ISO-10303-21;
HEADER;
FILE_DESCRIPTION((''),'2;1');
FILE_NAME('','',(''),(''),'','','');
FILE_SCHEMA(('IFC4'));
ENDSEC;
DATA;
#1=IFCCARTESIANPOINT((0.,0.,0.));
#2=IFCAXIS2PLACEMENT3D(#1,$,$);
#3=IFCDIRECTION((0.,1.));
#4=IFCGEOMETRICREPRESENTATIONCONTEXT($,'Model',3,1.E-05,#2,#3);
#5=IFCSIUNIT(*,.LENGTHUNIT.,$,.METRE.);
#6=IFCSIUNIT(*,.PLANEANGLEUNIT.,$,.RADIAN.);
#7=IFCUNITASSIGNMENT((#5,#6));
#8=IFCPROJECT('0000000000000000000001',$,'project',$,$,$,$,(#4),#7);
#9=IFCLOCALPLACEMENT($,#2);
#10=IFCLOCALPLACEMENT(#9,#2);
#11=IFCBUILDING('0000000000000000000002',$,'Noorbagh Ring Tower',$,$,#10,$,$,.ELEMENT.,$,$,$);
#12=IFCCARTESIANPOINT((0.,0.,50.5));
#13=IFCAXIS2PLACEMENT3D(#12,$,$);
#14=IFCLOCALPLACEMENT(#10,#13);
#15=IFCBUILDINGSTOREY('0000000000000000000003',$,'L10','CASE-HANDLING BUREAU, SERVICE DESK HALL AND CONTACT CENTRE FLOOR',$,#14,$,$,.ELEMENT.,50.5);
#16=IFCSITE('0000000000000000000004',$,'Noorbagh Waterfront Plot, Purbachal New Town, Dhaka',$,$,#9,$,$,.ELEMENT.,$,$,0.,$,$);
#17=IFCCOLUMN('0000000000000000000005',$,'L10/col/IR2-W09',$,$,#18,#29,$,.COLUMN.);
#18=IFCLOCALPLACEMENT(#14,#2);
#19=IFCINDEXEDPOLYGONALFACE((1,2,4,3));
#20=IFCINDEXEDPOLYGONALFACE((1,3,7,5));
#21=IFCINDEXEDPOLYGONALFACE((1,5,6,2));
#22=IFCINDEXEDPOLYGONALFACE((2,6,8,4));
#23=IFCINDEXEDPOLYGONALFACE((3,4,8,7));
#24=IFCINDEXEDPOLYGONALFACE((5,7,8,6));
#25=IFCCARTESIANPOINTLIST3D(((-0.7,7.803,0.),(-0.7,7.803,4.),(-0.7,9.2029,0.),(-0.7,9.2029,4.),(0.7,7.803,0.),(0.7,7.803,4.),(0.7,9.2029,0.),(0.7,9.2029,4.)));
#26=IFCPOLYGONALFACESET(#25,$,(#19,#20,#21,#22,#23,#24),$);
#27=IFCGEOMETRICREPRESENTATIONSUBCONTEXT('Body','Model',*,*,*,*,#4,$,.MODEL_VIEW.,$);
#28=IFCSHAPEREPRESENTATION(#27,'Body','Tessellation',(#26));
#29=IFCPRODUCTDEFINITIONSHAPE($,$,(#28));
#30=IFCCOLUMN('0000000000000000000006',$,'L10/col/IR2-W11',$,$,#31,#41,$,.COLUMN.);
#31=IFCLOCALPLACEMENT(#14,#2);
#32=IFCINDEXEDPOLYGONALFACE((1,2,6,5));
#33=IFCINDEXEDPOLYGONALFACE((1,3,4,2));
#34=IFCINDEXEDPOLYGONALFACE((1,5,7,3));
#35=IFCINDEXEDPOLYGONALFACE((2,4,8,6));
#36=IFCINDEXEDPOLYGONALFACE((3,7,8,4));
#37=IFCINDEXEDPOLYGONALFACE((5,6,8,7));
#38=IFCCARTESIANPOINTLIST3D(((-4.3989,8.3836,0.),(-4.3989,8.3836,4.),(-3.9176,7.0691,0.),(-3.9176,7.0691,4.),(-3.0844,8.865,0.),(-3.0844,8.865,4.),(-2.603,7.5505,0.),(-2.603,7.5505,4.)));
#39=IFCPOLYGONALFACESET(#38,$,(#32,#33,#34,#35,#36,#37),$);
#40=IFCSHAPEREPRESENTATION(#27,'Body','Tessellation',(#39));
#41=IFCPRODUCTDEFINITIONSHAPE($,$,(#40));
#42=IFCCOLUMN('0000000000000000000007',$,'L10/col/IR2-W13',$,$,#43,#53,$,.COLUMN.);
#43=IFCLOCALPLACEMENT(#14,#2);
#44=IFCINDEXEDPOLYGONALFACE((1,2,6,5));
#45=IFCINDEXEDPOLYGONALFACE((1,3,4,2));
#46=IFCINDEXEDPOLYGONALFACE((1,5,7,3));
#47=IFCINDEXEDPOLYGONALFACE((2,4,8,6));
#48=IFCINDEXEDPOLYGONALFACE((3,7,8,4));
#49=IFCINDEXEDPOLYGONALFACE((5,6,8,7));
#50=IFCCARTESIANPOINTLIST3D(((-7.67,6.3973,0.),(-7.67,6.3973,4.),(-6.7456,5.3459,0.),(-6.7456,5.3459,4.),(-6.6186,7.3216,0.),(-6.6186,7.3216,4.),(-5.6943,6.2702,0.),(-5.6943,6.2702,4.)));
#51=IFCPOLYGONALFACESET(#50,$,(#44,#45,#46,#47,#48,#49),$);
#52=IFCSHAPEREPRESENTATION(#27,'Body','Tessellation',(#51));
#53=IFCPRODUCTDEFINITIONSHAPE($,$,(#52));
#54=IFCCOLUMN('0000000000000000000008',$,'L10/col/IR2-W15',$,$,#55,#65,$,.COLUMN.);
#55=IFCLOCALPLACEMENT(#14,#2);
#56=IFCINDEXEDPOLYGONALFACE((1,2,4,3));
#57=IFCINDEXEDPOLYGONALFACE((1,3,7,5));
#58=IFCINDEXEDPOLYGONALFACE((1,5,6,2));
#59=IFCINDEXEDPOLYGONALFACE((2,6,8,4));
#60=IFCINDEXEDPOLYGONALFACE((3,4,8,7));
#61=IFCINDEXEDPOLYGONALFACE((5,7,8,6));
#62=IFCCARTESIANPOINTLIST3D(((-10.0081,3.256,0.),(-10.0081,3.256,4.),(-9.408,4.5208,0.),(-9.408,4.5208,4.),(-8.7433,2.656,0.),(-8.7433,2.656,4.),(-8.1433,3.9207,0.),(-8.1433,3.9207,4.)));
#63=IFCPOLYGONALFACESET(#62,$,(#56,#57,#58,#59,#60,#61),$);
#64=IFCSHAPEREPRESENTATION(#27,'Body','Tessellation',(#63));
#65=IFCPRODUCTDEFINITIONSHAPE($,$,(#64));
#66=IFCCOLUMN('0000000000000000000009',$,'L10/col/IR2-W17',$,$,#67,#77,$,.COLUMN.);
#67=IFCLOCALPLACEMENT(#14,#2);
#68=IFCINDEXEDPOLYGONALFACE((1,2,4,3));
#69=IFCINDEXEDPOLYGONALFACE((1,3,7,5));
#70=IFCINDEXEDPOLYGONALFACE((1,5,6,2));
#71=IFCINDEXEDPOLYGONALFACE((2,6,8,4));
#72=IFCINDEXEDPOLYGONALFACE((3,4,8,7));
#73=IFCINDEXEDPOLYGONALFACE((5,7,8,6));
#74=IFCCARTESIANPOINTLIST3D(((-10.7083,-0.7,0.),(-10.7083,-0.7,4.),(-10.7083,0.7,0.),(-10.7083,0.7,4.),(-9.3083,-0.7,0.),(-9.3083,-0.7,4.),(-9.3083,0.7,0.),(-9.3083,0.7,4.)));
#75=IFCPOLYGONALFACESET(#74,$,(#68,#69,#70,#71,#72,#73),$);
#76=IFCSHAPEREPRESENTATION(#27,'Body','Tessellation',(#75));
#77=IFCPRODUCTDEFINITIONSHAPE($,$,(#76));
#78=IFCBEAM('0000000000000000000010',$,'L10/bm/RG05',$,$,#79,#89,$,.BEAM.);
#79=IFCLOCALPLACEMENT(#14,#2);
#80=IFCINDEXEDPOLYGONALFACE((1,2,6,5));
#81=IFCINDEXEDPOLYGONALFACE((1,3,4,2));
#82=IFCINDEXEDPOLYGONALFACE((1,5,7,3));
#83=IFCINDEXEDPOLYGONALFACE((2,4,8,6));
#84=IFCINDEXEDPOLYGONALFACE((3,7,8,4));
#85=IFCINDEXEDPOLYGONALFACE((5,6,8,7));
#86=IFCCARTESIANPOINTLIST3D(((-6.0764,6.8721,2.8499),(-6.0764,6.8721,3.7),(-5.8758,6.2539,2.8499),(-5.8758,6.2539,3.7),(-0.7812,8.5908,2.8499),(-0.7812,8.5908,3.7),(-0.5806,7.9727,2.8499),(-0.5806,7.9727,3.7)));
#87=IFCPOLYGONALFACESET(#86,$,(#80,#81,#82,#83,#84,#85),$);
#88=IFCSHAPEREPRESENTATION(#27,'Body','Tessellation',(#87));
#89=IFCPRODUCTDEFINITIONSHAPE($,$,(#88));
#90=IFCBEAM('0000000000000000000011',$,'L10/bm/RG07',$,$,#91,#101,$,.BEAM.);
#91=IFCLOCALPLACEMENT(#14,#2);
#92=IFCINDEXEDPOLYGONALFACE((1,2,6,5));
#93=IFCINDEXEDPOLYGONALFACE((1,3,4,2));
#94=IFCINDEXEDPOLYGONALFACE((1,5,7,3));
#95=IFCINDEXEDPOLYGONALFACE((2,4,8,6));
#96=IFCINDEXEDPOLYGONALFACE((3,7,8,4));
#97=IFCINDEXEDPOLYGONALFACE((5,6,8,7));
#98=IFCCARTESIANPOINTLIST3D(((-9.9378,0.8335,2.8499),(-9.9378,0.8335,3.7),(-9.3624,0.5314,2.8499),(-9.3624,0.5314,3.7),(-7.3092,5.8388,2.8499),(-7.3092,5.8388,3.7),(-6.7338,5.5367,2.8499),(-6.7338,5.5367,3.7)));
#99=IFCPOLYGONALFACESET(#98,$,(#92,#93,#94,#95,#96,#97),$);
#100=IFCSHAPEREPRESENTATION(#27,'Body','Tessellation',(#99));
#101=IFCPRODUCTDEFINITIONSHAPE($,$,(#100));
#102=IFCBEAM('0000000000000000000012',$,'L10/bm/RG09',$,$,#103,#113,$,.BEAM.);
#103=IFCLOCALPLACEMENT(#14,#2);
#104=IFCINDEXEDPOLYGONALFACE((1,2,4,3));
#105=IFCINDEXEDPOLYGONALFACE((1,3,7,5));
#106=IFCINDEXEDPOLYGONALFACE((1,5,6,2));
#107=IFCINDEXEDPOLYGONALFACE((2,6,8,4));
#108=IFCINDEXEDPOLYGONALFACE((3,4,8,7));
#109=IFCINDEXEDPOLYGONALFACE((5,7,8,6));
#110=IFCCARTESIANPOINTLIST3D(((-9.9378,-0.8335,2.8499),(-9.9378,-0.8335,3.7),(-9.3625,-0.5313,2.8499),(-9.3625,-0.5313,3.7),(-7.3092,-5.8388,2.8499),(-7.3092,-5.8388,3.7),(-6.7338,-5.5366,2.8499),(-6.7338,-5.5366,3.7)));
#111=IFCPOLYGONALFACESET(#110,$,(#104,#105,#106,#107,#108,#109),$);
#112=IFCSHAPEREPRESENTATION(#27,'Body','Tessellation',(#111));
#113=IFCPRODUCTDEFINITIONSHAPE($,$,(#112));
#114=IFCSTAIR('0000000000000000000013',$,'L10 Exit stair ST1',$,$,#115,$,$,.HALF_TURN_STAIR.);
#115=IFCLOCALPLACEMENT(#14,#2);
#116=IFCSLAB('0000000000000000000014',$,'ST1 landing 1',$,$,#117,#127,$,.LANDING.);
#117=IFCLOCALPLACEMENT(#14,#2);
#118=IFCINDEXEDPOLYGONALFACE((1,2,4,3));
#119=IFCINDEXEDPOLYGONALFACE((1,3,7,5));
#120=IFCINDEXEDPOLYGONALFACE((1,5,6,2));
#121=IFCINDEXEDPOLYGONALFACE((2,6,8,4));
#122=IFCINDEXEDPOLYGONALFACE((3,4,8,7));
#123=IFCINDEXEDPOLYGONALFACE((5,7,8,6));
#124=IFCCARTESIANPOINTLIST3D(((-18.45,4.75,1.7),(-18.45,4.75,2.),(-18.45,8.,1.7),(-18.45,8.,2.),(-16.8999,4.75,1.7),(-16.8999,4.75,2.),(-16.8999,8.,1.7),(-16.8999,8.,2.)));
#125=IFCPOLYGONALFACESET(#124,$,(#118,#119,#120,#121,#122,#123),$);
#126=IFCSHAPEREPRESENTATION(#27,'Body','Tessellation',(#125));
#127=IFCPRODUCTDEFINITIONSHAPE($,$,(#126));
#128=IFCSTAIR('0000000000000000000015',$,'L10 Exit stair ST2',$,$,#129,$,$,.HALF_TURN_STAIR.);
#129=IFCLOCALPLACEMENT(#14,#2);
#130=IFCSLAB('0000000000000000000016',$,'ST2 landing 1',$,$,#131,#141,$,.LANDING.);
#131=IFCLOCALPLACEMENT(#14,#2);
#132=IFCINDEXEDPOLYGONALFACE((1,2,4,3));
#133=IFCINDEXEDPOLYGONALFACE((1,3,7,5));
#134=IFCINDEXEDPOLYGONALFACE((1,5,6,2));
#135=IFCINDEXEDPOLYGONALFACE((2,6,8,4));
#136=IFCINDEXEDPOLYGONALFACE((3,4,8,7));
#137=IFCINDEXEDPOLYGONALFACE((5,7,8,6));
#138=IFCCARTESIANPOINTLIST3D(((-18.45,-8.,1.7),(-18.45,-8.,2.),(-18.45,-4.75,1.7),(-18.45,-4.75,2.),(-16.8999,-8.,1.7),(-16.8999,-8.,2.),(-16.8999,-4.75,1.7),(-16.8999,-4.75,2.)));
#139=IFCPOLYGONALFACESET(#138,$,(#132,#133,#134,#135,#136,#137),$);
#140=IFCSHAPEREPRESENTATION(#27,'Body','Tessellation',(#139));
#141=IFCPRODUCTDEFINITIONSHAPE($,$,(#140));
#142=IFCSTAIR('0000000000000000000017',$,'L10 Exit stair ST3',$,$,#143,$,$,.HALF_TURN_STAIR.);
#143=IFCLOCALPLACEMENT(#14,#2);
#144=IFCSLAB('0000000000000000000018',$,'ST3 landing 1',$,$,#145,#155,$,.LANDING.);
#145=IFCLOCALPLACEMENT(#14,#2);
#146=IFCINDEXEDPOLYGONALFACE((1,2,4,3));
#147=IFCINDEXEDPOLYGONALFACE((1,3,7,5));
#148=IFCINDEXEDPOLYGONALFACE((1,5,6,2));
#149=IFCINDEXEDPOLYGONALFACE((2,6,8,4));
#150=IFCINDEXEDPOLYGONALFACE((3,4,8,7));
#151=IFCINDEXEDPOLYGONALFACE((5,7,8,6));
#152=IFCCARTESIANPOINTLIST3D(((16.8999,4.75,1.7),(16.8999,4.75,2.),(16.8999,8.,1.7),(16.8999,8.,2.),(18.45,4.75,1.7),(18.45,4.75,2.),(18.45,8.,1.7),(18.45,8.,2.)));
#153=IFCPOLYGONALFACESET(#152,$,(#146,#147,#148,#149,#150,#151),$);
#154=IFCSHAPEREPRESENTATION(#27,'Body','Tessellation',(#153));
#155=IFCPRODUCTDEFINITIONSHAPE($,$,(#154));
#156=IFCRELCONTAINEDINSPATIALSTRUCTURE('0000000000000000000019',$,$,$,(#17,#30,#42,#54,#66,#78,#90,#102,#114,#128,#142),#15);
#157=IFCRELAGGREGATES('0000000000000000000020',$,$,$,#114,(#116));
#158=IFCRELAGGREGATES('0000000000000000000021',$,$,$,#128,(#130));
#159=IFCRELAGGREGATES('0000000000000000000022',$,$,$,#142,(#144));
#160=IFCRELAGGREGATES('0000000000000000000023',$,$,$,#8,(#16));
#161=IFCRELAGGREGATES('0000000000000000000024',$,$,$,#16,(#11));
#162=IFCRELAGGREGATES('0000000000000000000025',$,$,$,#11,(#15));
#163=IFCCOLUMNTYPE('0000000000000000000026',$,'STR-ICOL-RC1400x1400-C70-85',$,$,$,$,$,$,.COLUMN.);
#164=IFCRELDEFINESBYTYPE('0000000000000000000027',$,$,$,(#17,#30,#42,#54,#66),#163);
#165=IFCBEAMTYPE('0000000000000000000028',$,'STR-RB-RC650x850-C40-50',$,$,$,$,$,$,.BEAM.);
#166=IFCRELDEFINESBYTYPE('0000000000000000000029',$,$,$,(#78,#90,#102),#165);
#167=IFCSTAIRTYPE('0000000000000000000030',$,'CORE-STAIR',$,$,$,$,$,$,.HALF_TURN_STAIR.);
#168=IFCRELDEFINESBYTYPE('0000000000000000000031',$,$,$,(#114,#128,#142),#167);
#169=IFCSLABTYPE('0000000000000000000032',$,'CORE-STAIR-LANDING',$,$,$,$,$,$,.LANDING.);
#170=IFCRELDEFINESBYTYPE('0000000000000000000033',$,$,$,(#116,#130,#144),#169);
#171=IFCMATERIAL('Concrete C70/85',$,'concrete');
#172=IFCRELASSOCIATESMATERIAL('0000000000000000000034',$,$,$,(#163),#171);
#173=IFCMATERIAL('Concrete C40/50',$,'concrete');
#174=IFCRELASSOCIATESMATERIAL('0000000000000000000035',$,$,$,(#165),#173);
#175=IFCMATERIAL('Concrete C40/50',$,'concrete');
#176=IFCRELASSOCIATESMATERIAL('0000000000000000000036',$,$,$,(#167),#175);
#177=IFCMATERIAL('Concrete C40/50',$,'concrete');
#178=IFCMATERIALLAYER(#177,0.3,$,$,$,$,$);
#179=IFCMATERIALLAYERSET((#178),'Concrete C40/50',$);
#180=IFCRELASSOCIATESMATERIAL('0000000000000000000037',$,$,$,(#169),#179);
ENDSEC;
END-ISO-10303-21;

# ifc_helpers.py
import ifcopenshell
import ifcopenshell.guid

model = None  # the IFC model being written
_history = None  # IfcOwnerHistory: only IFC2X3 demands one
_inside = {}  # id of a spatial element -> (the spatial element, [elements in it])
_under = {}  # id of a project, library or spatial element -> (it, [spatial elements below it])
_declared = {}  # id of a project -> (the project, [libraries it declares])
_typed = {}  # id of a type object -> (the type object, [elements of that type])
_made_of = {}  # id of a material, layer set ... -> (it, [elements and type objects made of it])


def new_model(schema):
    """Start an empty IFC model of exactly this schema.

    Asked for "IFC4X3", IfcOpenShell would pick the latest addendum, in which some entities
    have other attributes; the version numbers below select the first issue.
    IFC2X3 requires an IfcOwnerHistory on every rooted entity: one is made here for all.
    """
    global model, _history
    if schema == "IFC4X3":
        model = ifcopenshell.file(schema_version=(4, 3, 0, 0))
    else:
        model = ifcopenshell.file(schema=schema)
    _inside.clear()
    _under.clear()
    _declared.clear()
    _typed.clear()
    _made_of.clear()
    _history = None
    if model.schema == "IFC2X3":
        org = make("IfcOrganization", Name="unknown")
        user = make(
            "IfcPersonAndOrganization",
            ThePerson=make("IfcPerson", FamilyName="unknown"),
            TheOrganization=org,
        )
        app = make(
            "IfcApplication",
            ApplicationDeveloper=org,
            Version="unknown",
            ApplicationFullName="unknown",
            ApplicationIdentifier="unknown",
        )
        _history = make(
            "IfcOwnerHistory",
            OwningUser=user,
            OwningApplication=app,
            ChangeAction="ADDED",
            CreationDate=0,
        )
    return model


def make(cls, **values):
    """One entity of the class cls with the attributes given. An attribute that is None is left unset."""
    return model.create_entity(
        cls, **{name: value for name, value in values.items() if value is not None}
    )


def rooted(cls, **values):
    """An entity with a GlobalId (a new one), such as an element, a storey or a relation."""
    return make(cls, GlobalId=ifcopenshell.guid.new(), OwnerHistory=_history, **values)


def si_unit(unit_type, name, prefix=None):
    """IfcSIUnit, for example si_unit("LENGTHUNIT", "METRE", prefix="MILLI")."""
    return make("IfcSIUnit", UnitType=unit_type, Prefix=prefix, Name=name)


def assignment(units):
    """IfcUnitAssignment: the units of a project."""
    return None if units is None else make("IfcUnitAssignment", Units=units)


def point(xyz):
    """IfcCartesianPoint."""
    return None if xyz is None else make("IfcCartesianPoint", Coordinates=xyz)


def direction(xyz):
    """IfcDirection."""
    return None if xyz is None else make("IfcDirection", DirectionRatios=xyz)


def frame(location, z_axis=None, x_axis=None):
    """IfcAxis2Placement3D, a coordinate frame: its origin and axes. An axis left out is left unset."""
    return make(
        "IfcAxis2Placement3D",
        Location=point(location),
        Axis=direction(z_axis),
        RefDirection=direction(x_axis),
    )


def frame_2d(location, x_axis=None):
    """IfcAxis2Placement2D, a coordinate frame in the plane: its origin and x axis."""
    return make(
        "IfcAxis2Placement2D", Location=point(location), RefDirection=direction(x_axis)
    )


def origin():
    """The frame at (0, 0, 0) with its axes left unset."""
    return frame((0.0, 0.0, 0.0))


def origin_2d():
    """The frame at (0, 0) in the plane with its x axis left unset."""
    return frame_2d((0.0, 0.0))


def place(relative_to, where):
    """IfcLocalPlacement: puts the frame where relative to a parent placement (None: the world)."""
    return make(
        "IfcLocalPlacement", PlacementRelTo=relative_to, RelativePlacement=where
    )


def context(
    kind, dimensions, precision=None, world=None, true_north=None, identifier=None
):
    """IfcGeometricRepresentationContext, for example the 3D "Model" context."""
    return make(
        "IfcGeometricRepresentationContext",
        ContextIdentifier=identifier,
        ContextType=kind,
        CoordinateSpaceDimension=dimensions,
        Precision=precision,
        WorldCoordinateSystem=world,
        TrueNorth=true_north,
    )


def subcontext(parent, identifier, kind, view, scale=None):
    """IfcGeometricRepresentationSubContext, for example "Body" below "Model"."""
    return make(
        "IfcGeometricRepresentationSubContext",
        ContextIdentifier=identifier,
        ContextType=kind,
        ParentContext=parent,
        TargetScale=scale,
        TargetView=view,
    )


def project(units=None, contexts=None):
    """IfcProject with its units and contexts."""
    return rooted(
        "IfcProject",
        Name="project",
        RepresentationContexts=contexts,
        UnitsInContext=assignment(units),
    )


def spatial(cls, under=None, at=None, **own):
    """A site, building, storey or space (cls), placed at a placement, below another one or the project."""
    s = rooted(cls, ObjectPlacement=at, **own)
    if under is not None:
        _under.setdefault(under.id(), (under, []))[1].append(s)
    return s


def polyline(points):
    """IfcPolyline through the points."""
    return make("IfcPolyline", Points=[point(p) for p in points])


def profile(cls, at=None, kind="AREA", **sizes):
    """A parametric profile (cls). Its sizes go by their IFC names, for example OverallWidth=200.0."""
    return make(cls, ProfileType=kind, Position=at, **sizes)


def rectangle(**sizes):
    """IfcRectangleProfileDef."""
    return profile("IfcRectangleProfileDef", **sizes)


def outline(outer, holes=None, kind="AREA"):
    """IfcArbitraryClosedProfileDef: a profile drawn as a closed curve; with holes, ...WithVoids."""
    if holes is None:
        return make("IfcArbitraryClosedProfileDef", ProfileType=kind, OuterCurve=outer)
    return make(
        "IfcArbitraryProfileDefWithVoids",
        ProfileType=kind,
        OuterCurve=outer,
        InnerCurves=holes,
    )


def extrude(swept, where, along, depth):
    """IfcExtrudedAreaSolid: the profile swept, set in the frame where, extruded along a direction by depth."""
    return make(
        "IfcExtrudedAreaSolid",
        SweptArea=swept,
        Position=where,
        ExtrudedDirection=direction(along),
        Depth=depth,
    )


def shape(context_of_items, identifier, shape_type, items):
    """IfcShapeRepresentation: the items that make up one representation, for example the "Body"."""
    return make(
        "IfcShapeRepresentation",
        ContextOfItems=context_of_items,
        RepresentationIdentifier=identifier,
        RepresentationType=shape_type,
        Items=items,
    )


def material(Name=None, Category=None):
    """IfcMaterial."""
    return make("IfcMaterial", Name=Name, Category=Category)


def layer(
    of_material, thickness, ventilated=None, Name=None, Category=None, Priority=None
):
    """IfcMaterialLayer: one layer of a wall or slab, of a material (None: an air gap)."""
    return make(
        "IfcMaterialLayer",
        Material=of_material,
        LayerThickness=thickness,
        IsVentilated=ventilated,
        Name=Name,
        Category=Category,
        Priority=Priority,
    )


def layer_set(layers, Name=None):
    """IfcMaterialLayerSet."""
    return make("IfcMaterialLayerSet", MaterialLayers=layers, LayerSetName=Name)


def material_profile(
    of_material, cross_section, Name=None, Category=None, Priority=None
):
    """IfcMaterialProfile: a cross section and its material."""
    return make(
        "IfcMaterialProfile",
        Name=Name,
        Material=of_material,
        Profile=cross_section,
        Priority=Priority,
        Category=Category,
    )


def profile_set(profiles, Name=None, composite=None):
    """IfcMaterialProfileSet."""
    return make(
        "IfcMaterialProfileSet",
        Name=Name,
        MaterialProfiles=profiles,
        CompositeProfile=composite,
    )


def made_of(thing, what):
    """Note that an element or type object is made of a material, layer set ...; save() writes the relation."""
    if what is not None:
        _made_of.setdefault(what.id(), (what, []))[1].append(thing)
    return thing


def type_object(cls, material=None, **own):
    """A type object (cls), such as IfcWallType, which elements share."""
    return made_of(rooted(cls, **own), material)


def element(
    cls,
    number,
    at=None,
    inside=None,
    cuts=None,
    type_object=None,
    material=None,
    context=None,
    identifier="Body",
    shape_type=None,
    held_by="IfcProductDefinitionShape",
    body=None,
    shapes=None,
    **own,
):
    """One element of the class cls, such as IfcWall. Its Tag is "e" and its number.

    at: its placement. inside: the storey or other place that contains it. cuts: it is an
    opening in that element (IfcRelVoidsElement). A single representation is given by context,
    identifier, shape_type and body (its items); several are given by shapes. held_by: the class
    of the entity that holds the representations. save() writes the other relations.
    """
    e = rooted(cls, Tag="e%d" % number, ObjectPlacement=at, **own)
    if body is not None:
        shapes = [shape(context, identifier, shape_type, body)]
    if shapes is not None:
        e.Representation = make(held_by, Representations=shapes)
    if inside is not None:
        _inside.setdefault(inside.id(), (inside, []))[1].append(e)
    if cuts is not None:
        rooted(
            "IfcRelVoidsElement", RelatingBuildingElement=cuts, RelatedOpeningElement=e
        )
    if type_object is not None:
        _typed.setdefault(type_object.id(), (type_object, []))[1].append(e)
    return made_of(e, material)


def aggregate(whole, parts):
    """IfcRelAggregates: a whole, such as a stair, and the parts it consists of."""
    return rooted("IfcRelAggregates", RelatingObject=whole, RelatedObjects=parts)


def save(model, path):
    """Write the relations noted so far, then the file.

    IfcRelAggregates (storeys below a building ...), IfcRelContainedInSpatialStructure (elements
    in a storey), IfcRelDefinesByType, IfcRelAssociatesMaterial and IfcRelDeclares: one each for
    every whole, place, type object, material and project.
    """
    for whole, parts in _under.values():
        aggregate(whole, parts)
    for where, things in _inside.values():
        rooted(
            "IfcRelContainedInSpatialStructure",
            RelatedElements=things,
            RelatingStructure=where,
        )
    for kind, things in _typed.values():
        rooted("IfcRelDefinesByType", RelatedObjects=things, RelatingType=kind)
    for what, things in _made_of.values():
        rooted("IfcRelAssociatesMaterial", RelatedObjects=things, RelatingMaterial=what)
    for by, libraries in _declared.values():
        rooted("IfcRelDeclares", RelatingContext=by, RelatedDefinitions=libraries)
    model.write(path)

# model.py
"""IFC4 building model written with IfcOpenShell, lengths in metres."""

from ifc_helpers import new_model, si_unit, direction, frame, origin, origin_2d, place, context, subcontext, project, spatial, polyline, rectangle, outline, extrude, material, layer, layer_set, material_profile, profile_set, type_object, element, aggregate, save


model = new_model("IFC4")

# Units and contexts
model_context = context("Model", 3, precision=1e-05, world=origin(), true_north=direction((0.0, 1.0)))
body_context = subcontext(model_context, "Body", "Model", "MODEL_VIEW")
ifc_project = project(units=[si_unit("LENGTHUNIT", "METRE"), si_unit("PLANEANGLEUNIT", "RADIAN")], contexts=[model_context])

# Site, building, storey
site_placement = place(None, origin())
site = spatial("IfcSite", under=ifc_project, at=site_placement, Name="Noorbagh Waterfront Plot, Purbachal New Town, Dhaka", CompositionType="ELEMENT", RefElevation=0.0)
building_placement = place(site_placement, origin())
building = spatial("IfcBuilding", under=site, at=building_placement, Name="Noorbagh Ring Tower", CompositionType="ELEMENT")
storey_placement = place(building_placement, frame((0.0, 0.0, 50.5)))
storey = spatial("IfcBuildingStorey", under=building, at=storey_placement, Name="L10", Description="CASE-HANDLING BUREAU, SERVICE DESK HALL AND CONTACT CENTRE FLOOR", CompositionType="ELEMENT", Elevation=50.5)

# Columns
ifc_material_1 = material(Name="Concrete C70/85", Category="concrete")
ifc_material_profile_1 = material_profile(ifc_material_1, rectangle(XDim=1.3999, YDim=1.3999, at=origin_2d()), Name="RC1400x1400")
ifc_profile_set_1 = profile_set([ifc_material_profile_1], Name="Concrete C70/85")
column_type = type_object("IfcColumnType", Name="STR-ICOL-RC1400x1400-C70-85", PredefinedType="COLUMN", material=ifc_profile_set_1)
for number, where, z_axis, x_axis, name in (
    (1, (0.0, 8.5029, 0.0), (0.0, 0.0, 1.0), (-1.0, 0.0, 0.0), "L10/col/IR2-W09"),
    (2, (-3.501, 7.967, 0.0), (0.0, 0.0, 1.0), (-0.93902, -0.343864, 0.0), "L10/col/IR2-W11"),
    (3, (-6.6821, 6.3337, 0.0), (0.0, 0.0, 1.0), (-0.751022, -0.660277, 0.0), "L10/col/IR2-W13"),
    (4, (-9.0757, 3.5884, 0.0), (0.0, 0.0, 1.0), (-0.428667, -0.903463, 0.0), "L10/col/IR2-W15"),
    (5, (-10.0083, 0.0, 0.0), (0.0, 0.0, 1.0), (0.0, -1.0, 0.0), "L10/col/IR2-W17"),
):
    element("IfcColumn", number, at=place(storey_placement, frame(where, z_axis=z_axis, x_axis=x_axis)), inside=storey, type_object=column_type, Name=name, PredefinedType="COLUMN", context=body_context, shape_type="SweptSolid", body=[
        extrude(rectangle(XDim=1.3999, YDim=1.3999, at=origin_2d()), origin(), (0.0, 0.0, 1.0), 4.0),
    ])

# Beams
ifc_material_2 = material(Name="Concrete C40/50", Category="concrete")
ifc_material_profile_2 = material_profile(ifc_material_2, rectangle(XDim=0.6499, YDim=0.8501, at=origin_2d()), Name="RC650x850")
ifc_profile_set_2 = profile_set([ifc_material_profile_2], Name="Concrete C40/50")
beam_type = type_object("IfcBeamType", Name="STR-RB-RC650x850-C40-50", PredefinedType="BEAM", material=ifc_profile_set_2)
beam_placement = place(storey_placement, frame((-0.6809, 8.2817, 3.2749), z_axis=(-0.951149, -0.308732, 0.0), x_axis=(0.308732, -0.951149, 0.0)))
element("IfcBeam", 6, at=beam_placement, inside=storey, type_object=beam_type, Name="L10/bm/RG05", PredefinedType="BEAM", context=body_context, shape_type="SweptSolid", body=[
    extrude(rectangle(XDim=0.6499, YDim=0.8501, at=origin_2d()), origin(), (0.0, 0.0, 1.0), 5.5671),
])
for number, where, z_axis, x_axis, name in (
    (7, (-7.0215, 5.6877, 3.2749), (-0.464951, -0.885337, 0.0), (0.885337, -0.464951, 0.0), "L10/bm/RG07"),
    (8, (-9.6501, -0.6824, 3.2749), (0.464951, -0.885337, 0.0), (0.885337, 0.464951, 0.0), "L10/bm/RG09"),
):
    element("IfcBeam", number, at=place(storey_placement, frame(where, z_axis=z_axis, x_axis=x_axis)), inside=storey, type_object=beam_type, Name=name, PredefinedType="BEAM", context=body_context, shape_type="SweptSolid", body=[
        extrude(rectangle(XDim=0.6499, YDim=0.8501, at=origin_2d()), origin(), (0.0, 0.0, 1.0), 5.6536),
    ])

# Stairs, slabs
ifc_material_3 = material(Name="Concrete C40/50", Category="concrete")
stair_type = type_object("IfcStairType", Name="CORE-STAIR", PredefinedType="HALF_TURN_STAIR", material=ifc_material_3)
stair_1_placement = place(storey_placement, origin())
stair_1 = element("IfcStair", 9, at=stair_1_placement, inside=storey, type_object=stair_type, Name="L10 Exit stair ST1", PredefinedType="HALF_TURN_STAIR")
ifc_material_4 = material(Name="Concrete C40/50", Category="concrete")
ifc_layer_1 = layer(ifc_material_4, 0.3)
ifc_layer_set_1 = layer_set([ifc_layer_1], Name="Concrete C40/50")
slab_type_1 = type_object("IfcSlabType", Name="CORE-STAIR-LANDING", PredefinedType="LANDING", material=ifc_layer_set_1)
slab_1_placement = place(storey_placement, frame((0.0, 0.0, 1.7)))
slab_1 = element("IfcSlab", 10, at=slab_1_placement, type_object=slab_type_1, Name="ST1 landing 1", PredefinedType="LANDING", context=body_context, shape_type="SweptSolid", body=[
    extrude(outline(polyline([(-18.45, 4.75), (-16.8999, 4.75), (-16.8999, 8.0), (-18.45, 8.0), (-18.45, 4.75)])), origin(), (0.0, 0.0, 1.0), 0.3),
])
aggregate(stair_1, [slab_1])
stair_2_placement = place(storey_placement, origin())
stair_2 = element("IfcStair", 11, at=stair_2_placement, inside=storey, type_object=stair_type, Name="L10 Exit stair ST2", PredefinedType="HALF_TURN_STAIR")
slab_2_placement = place(storey_placement, frame((0.0, 0.0, 1.7)))
slab_2 = element("IfcSlab", 12, at=slab_2_placement, type_object=slab_type_1, Name="ST2 landing 1", PredefinedType="LANDING", context=body_context, shape_type="SweptSolid", body=[
    extrude(outline(polyline([(-18.45, -8.0), (-16.8999, -8.0), (-16.8999, -4.75), (-18.45, -4.75), (-18.45, -8.0)])), origin(), (0.0, 0.0, 1.0), 0.3),
])
aggregate(stair_2, [slab_2])
stair_3_placement = place(storey_placement, origin())
stair_3 = element("IfcStair", 13, at=stair_3_placement, inside=storey, type_object=stair_type, Name="L10 Exit stair ST3", PredefinedType="HALF_TURN_STAIR")
slab_3_placement = place(storey_placement, frame((0.0, 0.0, 1.7)))
slab_3 = element("IfcSlab", 14, at=slab_3_placement, type_object=slab_type_1, Name="ST3 landing 1", PredefinedType="LANDING", context=body_context, shape_type="SweptSolid", body=[
    extrude(outline(polyline([(18.45, 8.0), (16.8999, 8.0), (16.8999, 4.75), (18.45, 4.75), (18.45, 8.0)])), origin(), (0.0, 0.0, 1.0), 0.3),
])
aggregate(stair_3, [slab_3])

save(model, "model.ifc")
